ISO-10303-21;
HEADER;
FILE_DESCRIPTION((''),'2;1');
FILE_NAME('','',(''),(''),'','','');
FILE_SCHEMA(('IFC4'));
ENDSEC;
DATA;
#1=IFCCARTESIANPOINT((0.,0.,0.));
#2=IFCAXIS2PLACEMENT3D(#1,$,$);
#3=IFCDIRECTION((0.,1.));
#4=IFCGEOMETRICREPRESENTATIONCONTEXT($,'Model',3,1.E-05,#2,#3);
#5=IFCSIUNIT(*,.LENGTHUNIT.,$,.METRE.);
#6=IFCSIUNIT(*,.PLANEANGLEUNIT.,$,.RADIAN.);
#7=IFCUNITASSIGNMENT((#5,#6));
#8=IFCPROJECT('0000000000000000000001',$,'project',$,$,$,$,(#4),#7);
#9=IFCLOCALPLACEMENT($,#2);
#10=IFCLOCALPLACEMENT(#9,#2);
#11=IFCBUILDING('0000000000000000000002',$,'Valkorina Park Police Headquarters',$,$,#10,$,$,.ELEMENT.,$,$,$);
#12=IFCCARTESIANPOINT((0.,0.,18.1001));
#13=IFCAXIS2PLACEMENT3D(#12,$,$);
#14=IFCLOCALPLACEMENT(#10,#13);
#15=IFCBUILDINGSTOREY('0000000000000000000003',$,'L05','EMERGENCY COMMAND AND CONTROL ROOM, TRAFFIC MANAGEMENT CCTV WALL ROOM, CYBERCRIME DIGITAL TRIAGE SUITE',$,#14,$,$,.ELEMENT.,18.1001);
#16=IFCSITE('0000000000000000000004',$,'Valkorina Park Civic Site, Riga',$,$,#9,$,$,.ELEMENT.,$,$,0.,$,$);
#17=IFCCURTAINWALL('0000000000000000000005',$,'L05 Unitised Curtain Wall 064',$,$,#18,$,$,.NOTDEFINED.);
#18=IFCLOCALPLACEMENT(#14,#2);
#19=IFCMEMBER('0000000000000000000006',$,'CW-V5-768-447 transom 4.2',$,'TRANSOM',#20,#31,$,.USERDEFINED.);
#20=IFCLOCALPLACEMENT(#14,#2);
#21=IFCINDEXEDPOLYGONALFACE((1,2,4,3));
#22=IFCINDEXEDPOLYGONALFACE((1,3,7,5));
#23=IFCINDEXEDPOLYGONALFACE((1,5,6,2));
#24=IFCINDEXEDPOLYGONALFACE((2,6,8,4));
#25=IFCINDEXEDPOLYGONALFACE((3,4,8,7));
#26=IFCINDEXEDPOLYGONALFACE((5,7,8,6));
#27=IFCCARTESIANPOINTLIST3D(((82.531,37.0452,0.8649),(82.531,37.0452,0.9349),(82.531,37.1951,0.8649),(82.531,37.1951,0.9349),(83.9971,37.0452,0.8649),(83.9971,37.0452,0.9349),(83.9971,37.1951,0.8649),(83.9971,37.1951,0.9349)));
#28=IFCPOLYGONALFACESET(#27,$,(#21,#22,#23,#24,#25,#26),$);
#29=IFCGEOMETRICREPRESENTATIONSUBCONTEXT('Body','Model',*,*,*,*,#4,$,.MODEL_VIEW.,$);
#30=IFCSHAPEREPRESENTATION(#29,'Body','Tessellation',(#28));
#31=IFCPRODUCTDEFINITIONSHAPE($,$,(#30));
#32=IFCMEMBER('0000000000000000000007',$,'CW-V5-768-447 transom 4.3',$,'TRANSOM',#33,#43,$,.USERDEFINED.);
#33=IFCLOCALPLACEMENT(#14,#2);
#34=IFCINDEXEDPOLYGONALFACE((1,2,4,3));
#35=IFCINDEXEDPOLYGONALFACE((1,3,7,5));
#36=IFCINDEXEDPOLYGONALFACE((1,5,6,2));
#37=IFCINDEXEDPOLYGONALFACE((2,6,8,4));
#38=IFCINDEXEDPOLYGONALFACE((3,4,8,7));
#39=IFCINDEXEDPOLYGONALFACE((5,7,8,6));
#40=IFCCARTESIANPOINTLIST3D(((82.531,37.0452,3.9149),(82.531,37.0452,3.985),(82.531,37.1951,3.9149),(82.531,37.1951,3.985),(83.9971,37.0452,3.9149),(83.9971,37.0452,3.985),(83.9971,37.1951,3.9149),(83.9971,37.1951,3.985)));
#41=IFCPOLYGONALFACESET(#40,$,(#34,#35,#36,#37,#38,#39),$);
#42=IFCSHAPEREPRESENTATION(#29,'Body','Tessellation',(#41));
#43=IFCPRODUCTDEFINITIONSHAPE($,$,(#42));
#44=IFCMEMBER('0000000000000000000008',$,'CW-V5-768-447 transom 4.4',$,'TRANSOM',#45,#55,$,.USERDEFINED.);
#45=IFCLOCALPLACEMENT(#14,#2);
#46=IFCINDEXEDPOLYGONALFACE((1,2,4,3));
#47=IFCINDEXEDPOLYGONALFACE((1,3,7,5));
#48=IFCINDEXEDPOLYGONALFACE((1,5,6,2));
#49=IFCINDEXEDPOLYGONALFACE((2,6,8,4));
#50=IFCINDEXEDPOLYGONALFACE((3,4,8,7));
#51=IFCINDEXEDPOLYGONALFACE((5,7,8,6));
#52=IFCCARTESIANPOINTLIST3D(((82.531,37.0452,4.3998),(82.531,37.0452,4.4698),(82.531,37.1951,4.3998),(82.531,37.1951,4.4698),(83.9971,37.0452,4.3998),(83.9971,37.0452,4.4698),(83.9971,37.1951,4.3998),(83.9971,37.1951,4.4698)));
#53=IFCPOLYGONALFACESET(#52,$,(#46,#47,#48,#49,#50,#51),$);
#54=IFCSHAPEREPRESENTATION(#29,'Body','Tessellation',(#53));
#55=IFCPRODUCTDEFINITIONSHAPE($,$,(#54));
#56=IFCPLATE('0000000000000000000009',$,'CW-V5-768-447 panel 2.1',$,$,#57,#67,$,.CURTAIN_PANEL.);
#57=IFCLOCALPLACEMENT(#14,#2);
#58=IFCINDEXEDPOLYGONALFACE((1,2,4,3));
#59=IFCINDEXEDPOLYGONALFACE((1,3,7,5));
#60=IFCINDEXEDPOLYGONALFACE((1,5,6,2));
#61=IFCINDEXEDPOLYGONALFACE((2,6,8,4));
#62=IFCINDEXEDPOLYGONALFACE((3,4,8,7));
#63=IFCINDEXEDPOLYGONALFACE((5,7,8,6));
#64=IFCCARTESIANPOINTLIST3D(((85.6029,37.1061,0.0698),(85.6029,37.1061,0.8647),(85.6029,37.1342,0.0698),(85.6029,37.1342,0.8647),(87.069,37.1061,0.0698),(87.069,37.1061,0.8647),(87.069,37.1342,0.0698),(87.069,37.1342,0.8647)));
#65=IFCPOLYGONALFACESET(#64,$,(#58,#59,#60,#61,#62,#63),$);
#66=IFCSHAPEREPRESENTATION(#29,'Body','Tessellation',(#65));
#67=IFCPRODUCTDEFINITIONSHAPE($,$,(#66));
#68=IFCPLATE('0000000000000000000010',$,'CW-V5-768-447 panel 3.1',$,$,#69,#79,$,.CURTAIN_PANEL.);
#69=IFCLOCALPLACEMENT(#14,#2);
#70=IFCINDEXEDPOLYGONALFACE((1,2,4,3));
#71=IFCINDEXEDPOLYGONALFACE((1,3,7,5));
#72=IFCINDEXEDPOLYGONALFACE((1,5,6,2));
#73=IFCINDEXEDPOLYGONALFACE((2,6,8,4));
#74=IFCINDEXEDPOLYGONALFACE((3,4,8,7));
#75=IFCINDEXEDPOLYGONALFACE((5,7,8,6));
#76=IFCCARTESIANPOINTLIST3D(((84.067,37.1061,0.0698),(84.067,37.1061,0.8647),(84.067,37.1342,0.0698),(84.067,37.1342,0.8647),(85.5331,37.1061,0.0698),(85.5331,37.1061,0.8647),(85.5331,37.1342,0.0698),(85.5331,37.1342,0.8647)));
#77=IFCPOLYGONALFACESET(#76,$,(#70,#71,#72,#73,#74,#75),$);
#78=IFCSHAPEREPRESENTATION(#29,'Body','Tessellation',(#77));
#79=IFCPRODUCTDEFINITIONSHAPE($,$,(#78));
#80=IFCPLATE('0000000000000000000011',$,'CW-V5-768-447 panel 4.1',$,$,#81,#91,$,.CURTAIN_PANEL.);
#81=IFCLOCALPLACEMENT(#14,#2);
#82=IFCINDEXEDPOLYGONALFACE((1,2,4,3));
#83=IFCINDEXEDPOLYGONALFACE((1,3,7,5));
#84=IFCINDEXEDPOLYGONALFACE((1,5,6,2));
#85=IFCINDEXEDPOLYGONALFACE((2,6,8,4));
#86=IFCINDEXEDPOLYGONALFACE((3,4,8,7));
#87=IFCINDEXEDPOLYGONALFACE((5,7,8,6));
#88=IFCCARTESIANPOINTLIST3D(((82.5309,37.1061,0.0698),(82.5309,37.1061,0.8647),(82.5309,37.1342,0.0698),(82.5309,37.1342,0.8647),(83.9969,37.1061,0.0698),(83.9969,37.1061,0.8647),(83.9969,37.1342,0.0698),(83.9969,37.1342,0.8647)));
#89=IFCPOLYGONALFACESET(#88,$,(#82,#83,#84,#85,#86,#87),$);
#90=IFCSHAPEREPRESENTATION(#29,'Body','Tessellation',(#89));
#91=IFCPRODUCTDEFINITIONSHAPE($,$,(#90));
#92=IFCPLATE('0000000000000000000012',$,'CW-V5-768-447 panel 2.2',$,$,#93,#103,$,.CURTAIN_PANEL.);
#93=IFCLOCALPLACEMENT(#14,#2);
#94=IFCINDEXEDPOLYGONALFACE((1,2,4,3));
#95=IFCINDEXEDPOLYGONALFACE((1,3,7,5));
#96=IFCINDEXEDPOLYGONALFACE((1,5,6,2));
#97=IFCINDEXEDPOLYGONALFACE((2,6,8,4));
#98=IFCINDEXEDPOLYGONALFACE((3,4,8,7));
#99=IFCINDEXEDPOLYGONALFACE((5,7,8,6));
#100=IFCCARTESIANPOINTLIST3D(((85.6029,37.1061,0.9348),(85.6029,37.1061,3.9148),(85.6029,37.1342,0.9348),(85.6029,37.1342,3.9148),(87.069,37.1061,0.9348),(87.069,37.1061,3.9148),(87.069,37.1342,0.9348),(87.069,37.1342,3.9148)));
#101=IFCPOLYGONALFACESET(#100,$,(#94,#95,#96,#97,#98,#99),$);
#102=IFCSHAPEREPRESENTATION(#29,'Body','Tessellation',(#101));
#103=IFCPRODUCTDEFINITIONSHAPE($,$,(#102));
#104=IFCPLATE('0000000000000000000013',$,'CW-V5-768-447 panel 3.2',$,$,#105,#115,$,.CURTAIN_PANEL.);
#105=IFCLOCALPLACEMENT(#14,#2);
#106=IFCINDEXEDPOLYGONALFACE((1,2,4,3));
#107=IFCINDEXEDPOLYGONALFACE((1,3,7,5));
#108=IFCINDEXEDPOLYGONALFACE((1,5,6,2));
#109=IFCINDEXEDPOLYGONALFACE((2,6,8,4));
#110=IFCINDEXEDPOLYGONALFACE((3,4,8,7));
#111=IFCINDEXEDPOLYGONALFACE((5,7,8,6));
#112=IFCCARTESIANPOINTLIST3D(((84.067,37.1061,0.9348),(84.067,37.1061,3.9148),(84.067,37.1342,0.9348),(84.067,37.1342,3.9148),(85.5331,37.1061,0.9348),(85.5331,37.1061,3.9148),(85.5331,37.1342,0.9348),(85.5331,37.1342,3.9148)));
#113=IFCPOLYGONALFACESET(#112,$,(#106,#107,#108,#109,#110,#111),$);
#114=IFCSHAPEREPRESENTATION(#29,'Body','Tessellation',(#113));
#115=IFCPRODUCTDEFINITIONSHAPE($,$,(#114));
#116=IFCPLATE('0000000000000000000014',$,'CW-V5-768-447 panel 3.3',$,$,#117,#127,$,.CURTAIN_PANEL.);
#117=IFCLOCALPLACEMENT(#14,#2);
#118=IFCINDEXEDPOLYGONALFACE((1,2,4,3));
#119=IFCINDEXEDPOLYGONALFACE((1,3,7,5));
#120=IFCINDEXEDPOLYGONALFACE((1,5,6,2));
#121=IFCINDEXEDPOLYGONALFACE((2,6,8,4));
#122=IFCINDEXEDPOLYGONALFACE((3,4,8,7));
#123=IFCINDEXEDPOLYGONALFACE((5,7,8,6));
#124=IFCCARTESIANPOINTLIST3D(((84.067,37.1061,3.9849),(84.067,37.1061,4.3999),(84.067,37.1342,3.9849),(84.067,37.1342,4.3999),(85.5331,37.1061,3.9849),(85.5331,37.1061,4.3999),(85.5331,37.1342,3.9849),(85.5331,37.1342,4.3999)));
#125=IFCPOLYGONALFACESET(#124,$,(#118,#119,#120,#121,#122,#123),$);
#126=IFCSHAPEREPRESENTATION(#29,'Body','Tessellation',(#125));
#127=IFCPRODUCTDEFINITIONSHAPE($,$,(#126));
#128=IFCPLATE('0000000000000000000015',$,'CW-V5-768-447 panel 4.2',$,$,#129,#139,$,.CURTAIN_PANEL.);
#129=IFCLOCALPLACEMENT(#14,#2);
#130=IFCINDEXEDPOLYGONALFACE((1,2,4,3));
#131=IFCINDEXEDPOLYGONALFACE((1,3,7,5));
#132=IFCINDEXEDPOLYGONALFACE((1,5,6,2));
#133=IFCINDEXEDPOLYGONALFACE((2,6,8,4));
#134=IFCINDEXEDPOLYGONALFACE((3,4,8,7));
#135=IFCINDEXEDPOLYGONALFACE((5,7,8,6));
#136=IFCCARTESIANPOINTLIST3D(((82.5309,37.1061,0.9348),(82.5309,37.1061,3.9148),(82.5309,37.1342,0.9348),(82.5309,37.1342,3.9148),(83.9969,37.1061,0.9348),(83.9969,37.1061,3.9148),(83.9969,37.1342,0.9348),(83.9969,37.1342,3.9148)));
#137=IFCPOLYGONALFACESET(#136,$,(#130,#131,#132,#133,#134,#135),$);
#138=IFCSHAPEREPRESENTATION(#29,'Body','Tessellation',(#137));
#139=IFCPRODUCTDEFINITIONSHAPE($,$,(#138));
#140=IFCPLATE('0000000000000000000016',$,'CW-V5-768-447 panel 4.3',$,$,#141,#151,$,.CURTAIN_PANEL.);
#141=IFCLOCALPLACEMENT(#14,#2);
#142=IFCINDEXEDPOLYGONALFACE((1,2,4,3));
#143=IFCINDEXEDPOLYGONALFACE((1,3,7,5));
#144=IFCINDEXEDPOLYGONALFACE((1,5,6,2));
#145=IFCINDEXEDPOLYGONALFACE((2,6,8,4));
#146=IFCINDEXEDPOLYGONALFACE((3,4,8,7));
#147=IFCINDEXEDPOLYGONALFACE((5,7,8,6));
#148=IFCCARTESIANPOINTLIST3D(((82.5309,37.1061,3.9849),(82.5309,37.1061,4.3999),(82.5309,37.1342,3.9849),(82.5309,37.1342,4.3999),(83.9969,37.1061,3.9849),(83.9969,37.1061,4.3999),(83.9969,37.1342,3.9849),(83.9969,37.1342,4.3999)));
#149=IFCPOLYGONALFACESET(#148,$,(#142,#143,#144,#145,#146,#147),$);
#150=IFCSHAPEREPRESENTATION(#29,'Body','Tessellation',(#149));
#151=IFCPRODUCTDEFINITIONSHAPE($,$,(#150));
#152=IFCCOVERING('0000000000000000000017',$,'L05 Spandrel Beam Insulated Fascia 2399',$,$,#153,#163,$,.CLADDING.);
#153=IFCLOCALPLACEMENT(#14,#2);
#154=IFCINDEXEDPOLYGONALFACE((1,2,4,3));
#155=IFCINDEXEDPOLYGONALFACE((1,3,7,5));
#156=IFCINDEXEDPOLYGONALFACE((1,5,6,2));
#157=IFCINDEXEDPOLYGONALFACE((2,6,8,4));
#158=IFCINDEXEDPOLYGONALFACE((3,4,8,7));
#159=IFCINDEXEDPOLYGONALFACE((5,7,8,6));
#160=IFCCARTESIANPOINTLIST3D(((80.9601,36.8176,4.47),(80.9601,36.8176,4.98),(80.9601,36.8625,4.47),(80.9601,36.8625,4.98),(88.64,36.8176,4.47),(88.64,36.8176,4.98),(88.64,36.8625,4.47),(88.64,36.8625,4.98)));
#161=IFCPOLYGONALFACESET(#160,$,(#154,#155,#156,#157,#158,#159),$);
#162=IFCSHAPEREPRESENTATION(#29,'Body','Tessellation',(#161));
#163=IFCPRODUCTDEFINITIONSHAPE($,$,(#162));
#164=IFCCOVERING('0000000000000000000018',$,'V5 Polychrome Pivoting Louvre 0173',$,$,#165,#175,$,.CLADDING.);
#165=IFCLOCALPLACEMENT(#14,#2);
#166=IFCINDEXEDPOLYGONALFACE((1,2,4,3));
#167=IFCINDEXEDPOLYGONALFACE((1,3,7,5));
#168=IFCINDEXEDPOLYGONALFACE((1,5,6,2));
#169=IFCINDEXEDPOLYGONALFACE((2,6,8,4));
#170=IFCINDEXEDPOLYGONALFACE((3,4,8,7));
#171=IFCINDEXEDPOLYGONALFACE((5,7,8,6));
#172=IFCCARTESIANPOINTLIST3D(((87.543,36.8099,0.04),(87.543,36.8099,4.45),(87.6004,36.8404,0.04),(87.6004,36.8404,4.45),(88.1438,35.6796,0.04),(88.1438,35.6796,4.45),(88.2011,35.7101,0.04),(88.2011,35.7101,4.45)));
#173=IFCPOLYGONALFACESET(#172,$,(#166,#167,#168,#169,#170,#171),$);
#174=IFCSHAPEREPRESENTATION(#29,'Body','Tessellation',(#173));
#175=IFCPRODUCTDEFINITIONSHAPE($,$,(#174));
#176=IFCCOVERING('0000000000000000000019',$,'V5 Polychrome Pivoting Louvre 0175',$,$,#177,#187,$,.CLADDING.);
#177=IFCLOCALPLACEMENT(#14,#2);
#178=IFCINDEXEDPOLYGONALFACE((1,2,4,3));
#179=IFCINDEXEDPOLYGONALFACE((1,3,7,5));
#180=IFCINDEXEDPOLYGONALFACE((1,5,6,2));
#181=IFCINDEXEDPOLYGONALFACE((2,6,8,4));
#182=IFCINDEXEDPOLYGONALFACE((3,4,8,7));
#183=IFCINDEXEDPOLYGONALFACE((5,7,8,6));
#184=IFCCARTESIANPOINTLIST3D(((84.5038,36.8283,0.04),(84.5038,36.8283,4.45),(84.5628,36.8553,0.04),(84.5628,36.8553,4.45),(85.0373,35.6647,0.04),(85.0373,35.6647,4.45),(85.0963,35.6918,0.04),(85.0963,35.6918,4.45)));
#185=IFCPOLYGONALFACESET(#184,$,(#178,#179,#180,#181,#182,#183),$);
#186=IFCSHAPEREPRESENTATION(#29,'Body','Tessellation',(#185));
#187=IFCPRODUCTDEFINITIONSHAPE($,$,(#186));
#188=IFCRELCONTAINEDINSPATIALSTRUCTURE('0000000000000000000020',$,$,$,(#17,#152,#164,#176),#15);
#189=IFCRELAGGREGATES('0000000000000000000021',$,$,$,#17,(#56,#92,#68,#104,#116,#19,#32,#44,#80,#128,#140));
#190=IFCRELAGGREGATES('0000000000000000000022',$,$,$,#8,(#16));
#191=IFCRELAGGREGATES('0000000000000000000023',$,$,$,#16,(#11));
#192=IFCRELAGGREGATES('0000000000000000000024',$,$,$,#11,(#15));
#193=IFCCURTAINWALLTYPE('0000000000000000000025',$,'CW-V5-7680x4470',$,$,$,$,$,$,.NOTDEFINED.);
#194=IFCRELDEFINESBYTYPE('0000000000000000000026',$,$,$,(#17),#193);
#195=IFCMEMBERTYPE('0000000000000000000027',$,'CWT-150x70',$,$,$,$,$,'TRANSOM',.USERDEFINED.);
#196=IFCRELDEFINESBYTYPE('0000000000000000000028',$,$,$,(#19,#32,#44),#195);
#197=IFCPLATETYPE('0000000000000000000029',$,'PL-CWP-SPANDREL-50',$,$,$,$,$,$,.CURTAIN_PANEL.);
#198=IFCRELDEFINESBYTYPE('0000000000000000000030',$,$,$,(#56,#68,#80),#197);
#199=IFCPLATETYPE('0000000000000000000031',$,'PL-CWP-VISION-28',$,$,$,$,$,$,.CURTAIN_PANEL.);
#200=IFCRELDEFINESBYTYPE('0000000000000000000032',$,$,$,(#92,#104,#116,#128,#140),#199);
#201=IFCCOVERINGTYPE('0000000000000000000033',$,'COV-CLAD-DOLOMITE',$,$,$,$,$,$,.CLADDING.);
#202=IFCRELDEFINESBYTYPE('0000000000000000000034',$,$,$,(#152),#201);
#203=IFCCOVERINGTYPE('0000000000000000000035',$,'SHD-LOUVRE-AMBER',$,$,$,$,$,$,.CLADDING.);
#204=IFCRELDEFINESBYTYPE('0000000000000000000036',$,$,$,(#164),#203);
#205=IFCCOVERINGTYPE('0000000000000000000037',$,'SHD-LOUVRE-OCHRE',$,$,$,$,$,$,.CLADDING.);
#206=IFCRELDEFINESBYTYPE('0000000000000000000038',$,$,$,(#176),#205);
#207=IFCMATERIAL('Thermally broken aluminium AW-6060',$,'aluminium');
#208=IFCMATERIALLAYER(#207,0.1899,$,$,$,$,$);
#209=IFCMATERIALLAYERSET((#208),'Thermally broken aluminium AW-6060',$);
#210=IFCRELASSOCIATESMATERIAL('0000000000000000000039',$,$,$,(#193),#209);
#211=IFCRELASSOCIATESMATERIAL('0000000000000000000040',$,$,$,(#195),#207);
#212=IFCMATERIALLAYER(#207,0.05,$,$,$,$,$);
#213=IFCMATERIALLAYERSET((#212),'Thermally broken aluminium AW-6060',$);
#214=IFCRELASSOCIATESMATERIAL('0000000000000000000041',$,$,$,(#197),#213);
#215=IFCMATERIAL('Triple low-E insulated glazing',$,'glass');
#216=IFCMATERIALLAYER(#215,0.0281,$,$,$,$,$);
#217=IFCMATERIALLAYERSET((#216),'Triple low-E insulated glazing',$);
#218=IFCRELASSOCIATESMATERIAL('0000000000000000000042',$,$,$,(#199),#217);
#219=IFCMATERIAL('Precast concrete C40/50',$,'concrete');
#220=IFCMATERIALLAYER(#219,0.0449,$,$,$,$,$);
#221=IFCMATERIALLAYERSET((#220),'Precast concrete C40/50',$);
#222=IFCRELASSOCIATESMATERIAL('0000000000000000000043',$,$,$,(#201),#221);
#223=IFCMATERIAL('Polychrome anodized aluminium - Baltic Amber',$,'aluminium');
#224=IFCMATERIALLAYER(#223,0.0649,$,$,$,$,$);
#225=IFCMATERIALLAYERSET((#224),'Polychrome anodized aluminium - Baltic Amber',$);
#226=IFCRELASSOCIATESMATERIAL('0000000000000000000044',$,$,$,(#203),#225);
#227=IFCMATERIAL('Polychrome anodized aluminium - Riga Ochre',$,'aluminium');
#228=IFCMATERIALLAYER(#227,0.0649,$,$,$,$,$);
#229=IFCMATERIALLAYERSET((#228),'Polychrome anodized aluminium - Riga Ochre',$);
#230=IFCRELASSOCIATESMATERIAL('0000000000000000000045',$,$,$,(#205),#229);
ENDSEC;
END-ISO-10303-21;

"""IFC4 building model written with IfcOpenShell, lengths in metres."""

from ifc_helpers import new_model, si_unit, direction, frame, frame_2d, origin, origin_2d, place, context, subcontext, project, spatial, rectangle, extrude, material, layer, layer_set, material_profile, profile_set, type_object, element, aggregate, save


model = new_model("IFC4")

# Units and contexts
model_context = context("Model", 3, precision=1e-05, world=origin(), true_north=direction((0.0, 1.0)))
body_context = subcontext(model_context, "Body", "Model", "MODEL_VIEW")
ifc_project = project(units=[si_unit("LENGTHUNIT", "METRE"), si_unit("PLANEANGLEUNIT", "RADIAN")], contexts=[model_context])

# Site, building, storey
site_placement = place(None, origin())
site = spatial("IfcSite", under=ifc_project, at=site_placement, Name="Valkorina Park Civic Site, Riga", CompositionType="ELEMENT", RefElevation=0.0)
building_placement = place(site_placement, origin())
building = spatial("IfcBuilding", under=site, at=building_placement, Name="Valkorina Park Police Headquarters", CompositionType="ELEMENT")
storey_placement = place(building_placement, frame((0.0, 0.0, 18.1001)))
storey = spatial("IfcBuildingStorey", under=building, at=storey_placement, Name="L05", Description="EMERGENCY COMMAND AND CONTROL ROOM, TRAFFIC MANAGEMENT CCTV WALL ROOM, CYBERCRIME DIGITAL TRIAGE SUITE", CompositionType="ELEMENT", Elevation=18.1001)

# Curtain wall, members, plates
ifc_material_1 = material(Name="Thermally broken aluminium AW-6060", Category="aluminium")
ifc_layer_1 = layer(ifc_material_1, 0.1899)
ifc_layer_set_1 = layer_set([ifc_layer_1], Name="Thermally broken aluminium AW-6060")
curtain_wall_type = type_object("IfcCurtainWallType", Name="CW-V5-7680x4470", PredefinedType="NOTDEFINED", material=ifc_layer_set_1)
curtain_wall_placement = place(storey_placement, origin())
curtain_wall = element("IfcCurtainWall", 1, at=curtain_wall_placement, inside=storey, type_object=curtain_wall_type, Name="L05 Unitised Curtain Wall 064", PredefinedType="NOTDEFINED")
ifc_material_profile_1 = material_profile(ifc_material_1, rectangle(XDim=0.1499, YDim=0.0701, at=origin_2d()), Name="CWT-02 150x70")
ifc_profile_set_1 = profile_set([ifc_material_profile_1], Name="Thermally broken aluminium AW-6060")
member_type_1 = type_object("IfcMemberType", Name="CWT-150x70", ElementType="TRANSOM", PredefinedType="USERDEFINED", material=ifc_profile_set_1)
member_1_placement = place(storey_placement, frame((83.9971, 37.1201, 0.8999), z_axis=(-1.0, 0.0, 0.0), x_axis=(0.0, -1.0, 0.0)))
member_1 = element("IfcMember", 2, at=member_1_placement, type_object=member_type_1, Name="CW-V5-768-447 transom 4.2", ObjectType="TRANSOM", PredefinedType="USERDEFINED", context=body_context, shape_type="SweptSolid", body=[
    extrude(rectangle(XDim=0.1499, YDim=0.0701, at=origin_2d()), origin(), (0.0, 0.0, 1.0), 1.4661),
])
member_2_placement = place(storey_placement, frame((83.9971, 37.1201, 3.95), z_axis=(-1.0, 0.0, 0.0), x_axis=(0.0, -1.0, 0.0)))
member_2 = element("IfcMember", 3, at=member_2_placement, type_object=member_type_1, Name="CW-V5-768-447 transom 4.3", ObjectType="TRANSOM", PredefinedType="USERDEFINED", context=body_context, shape_type="SweptSolid", body=[
    extrude(rectangle(XDim=0.1499, YDim=0.0701, at=origin_2d()), origin(), (0.0, 0.0, 1.0), 1.4661),
])
member_3_placement = place(storey_placement, frame((83.9971, 37.1201, 4.4348), z_axis=(-1.0, 0.0, 0.0), x_axis=(0.0, -1.0, 0.0)))
member_3 = element("IfcMember", 4, at=member_3_placement, type_object=member_type_1, Name="CW-V5-768-447 transom 4.4", ObjectType="TRANSOM", PredefinedType="USERDEFINED", context=body_context, shape_type="SweptSolid", body=[
    extrude(rectangle(XDim=0.1499, YDim=0.0701, at=origin_2d()), origin(), (0.0, 0.0, 1.0), 1.4661),
])
ifc_layer_2 = layer(ifc_material_1, 0.05)
ifc_layer_set_2 = layer_set([ifc_layer_2], Name="Thermally broken aluminium AW-6060")
plate_type_1 = type_object("IfcPlateType", Name="PL-CWP-SPANDREL-50", PredefinedType="CURTAIN_PANEL", material=ifc_layer_set_2)
plate_1_placement = place(storey_placement, frame((86.3359, 37.1201, 0.0698), z_axis=(0.0, 0.0, 1.0), x_axis=(-1.0, 0.0, 0.0)))
plate_1 = element("IfcPlate", 5, at=plate_1_placement, type_object=plate_type_1, Name="CW-V5-768-447 panel 2.1", PredefinedType="CURTAIN_PANEL", context=body_context, shape_type="SweptSolid", body=[
    extrude(rectangle(XDim=1.4661, YDim=0.0281, at=origin_2d()), origin(), (0.0, 0.0, 1.0), 0.7949),
])
plate_2_placement = place(storey_placement, frame((84.8, 37.1201, 0.0698), z_axis=(0.0, 0.0, 1.0), x_axis=(-1.0, 0.0, 0.0)))
plate_2 = element("IfcPlate", 6, at=plate_2_placement, type_object=plate_type_1, Name="CW-V5-768-447 panel 3.1", PredefinedType="CURTAIN_PANEL", context=body_context, shape_type="SweptSolid", body=[
    extrude(rectangle(XDim=1.4661, YDim=0.0281, at=origin_2d()), origin(), (0.0, 0.0, 1.0), 0.7949),
])
plate_3_placement = place(storey_placement, frame((83.2639, 37.1201, 0.0698), z_axis=(0.0, 0.0, 1.0), x_axis=(-1.0, 0.0, 0.0)))
plate_3 = element("IfcPlate", 7, at=plate_3_placement, type_object=plate_type_1, Name="CW-V5-768-447 panel 4.1", PredefinedType="CURTAIN_PANEL", context=body_context, shape_type="SweptSolid", body=[
    extrude(rectangle(XDim=1.4661, YDim=0.0281, at=origin_2d()), origin(), (0.0, 0.0, 1.0), 0.7949),
])
ifc_material_2 = material(Name="Triple low-E insulated glazing", Category="glass")
ifc_layer_3 = layer(ifc_material_2, 0.0281)
ifc_layer_set_3 = layer_set([ifc_layer_3], Name="Triple low-E insulated glazing")
plate_type_2 = type_object("IfcPlateType", Name="PL-CWP-VISION-28", PredefinedType="CURTAIN_PANEL", material=ifc_layer_set_3)
plate_4_placement = place(storey_placement, frame((86.3359, 37.1201, 0.9348), z_axis=(0.0, 0.0, 1.0), x_axis=(-1.0, 0.0, 0.0)))
plate_4 = element("IfcPlate", 8, at=plate_4_placement, type_object=plate_type_2, Name="CW-V5-768-447 panel 2.2", PredefinedType="CURTAIN_PANEL", context=body_context, shape_type="SweptSolid", body=[
    extrude(rectangle(XDim=1.4661, YDim=0.0281, at=origin_2d()), origin(), (0.0, 0.0, 1.0), 2.98),
])
plate_5_placement = place(storey_placement, frame((84.8, 37.1201, 0.9348), z_axis=(0.0, 0.0, 1.0), x_axis=(-1.0, 0.0, 0.0)))
plate_5 = element("IfcPlate", 9, at=plate_5_placement, type_object=plate_type_2, Name="CW-V5-768-447 panel 3.2", PredefinedType="CURTAIN_PANEL", context=body_context, shape_type="SweptSolid", body=[
    extrude(rectangle(XDim=1.4661, YDim=0.0281, at=origin_2d()), origin(), (0.0, 0.0, 1.0), 2.98),
])
plate_6_placement = place(storey_placement, frame((84.8, 37.1201, 3.9849), z_axis=(0.0, 0.0, 1.0), x_axis=(-1.0, 0.0, 0.0)))
plate_6 = element("IfcPlate", 10, at=plate_6_placement, type_object=plate_type_2, Name="CW-V5-768-447 panel 3.3", PredefinedType="CURTAIN_PANEL", context=body_context, shape_type="SweptSolid", body=[
    extrude(rectangle(XDim=1.4661, YDim=0.0281, at=origin_2d()), origin(), (0.0, 0.0, 1.0), 0.415),
])
plate_7_placement = place(storey_placement, frame((83.2639, 37.1201, 0.9348), z_axis=(0.0, 0.0, 1.0), x_axis=(-1.0, 0.0, 0.0)))
plate_7 = element("IfcPlate", 11, at=plate_7_placement, type_object=plate_type_2, Name="CW-V5-768-447 panel 4.2", PredefinedType="CURTAIN_PANEL", context=body_context, shape_type="SweptSolid", body=[
    extrude(rectangle(XDim=1.4661, YDim=0.0281, at=origin_2d()), origin(), (0.0, 0.0, 1.0), 2.98),
])
plate_8_placement = place(storey_placement, frame((83.2639, 37.1201, 3.9849), z_axis=(0.0, 0.0, 1.0), x_axis=(-1.0, 0.0, 0.0)))
plate_8 = element("IfcPlate", 12, at=plate_8_placement, type_object=plate_type_2, Name="CW-V5-768-447 panel 4.3", PredefinedType="CURTAIN_PANEL", context=body_context, shape_type="SweptSolid", body=[
    extrude(rectangle(XDim=1.4661, YDim=0.0281, at=origin_2d()), origin(), (0.0, 0.0, 1.0), 0.415),
])
aggregate(curtain_wall, [plate_1, plate_4, plate_2, plate_5, plate_6, member_1, member_2, member_3, plate_3, plate_7, plate_8])

# Coverings
ifc_material_3 = material(Name="Precast concrete C40/50", Category="concrete")
ifc_layer_4 = layer(ifc_material_3, 0.0449)
ifc_layer_set_4 = layer_set([ifc_layer_4], Name="Precast concrete C40/50")
covering_type_1 = type_object("IfcCoveringType", Name="COV-CLAD-DOLOMITE", PredefinedType="CLADDING", material=ifc_layer_set_4)
covering_1_placement = place(storey_placement, frame((88.6399, 36.8401, 4.47), z_axis=(0.0, 0.0, 1.0), x_axis=(-1.0, 0.0, 0.0)))
element("IfcCovering", 13, at=covering_1_placement, inside=storey, type_object=covering_type_1, Name="L05 Spandrel Beam Insulated Fascia 2399", PredefinedType="CLADDING", context=body_context, shape_type="SweptSolid", body=[
    extrude(rectangle(XDim=7.6799, YDim=0.0449, at=frame_2d((3.8398, 0.0))), origin(), (0.0, 0.0, 1.0), 0.51),
])
ifc_material_4 = material(Name="Polychrome anodized aluminium - Baltic Amber", Category="aluminium")
ifc_layer_5 = layer(ifc_material_4, 0.0649)
ifc_layer_set_5 = layer_set([ifc_layer_5], Name="Polychrome anodized aluminium - Baltic Amber")
covering_type_2 = type_object("IfcCoveringType", Name="SHD-LOUVRE-AMBER", PredefinedType="CLADDING", material=ifc_layer_set_5)
covering_2_placement = place(storey_placement, frame((87.8721, 36.26, 0.04), z_axis=(0.0, 0.0, 1.0), x_axis=(0.469317, -0.88303, 0.0)))
element("IfcCovering", 14, at=covering_2_placement, inside=storey, type_object=covering_type_2, Name="V5 Polychrome Pivoting Louvre 0173", PredefinedType="CLADDING", context=body_context, shape_type="SweptSolid", body=[
    extrude(rectangle(XDim=1.28, YDim=0.0649, at=origin_2d()), origin(), (0.0, 0.0, 1.0), 4.4099),
])
ifc_material_5 = material(Name="Polychrome anodized aluminium - Riga Ochre", Category="aluminium")
ifc_layer_6 = layer(ifc_material_5, 0.0649)
ifc_layer_set_6 = layer_set([ifc_layer_6], Name="Polychrome anodized aluminium - Riga Ochre")
covering_type_3 = type_object("IfcCoveringType", Name="SHD-LOUVRE-OCHRE", PredefinedType="CLADDING", material=ifc_layer_set_6)
covering_3_placement = place(storey_placement, frame((84.8, 36.26, 0.04), z_axis=(0.0, 0.0, 1.0), x_axis=(0.416757, -0.909018, 0.0)))
element("IfcCovering", 15, at=covering_3_placement, inside=storey, type_object=covering_type_3, Name="V5 Polychrome Pivoting Louvre 0175", PredefinedType="CLADDING", context=body_context, shape_type="SweptSolid", body=[
    extrude(rectangle(XDim=1.28, YDim=0.0649, at=origin_2d()), origin(), (0.0, 0.0, 1.0), 4.4099),
])

save(model, "model.ifc")
